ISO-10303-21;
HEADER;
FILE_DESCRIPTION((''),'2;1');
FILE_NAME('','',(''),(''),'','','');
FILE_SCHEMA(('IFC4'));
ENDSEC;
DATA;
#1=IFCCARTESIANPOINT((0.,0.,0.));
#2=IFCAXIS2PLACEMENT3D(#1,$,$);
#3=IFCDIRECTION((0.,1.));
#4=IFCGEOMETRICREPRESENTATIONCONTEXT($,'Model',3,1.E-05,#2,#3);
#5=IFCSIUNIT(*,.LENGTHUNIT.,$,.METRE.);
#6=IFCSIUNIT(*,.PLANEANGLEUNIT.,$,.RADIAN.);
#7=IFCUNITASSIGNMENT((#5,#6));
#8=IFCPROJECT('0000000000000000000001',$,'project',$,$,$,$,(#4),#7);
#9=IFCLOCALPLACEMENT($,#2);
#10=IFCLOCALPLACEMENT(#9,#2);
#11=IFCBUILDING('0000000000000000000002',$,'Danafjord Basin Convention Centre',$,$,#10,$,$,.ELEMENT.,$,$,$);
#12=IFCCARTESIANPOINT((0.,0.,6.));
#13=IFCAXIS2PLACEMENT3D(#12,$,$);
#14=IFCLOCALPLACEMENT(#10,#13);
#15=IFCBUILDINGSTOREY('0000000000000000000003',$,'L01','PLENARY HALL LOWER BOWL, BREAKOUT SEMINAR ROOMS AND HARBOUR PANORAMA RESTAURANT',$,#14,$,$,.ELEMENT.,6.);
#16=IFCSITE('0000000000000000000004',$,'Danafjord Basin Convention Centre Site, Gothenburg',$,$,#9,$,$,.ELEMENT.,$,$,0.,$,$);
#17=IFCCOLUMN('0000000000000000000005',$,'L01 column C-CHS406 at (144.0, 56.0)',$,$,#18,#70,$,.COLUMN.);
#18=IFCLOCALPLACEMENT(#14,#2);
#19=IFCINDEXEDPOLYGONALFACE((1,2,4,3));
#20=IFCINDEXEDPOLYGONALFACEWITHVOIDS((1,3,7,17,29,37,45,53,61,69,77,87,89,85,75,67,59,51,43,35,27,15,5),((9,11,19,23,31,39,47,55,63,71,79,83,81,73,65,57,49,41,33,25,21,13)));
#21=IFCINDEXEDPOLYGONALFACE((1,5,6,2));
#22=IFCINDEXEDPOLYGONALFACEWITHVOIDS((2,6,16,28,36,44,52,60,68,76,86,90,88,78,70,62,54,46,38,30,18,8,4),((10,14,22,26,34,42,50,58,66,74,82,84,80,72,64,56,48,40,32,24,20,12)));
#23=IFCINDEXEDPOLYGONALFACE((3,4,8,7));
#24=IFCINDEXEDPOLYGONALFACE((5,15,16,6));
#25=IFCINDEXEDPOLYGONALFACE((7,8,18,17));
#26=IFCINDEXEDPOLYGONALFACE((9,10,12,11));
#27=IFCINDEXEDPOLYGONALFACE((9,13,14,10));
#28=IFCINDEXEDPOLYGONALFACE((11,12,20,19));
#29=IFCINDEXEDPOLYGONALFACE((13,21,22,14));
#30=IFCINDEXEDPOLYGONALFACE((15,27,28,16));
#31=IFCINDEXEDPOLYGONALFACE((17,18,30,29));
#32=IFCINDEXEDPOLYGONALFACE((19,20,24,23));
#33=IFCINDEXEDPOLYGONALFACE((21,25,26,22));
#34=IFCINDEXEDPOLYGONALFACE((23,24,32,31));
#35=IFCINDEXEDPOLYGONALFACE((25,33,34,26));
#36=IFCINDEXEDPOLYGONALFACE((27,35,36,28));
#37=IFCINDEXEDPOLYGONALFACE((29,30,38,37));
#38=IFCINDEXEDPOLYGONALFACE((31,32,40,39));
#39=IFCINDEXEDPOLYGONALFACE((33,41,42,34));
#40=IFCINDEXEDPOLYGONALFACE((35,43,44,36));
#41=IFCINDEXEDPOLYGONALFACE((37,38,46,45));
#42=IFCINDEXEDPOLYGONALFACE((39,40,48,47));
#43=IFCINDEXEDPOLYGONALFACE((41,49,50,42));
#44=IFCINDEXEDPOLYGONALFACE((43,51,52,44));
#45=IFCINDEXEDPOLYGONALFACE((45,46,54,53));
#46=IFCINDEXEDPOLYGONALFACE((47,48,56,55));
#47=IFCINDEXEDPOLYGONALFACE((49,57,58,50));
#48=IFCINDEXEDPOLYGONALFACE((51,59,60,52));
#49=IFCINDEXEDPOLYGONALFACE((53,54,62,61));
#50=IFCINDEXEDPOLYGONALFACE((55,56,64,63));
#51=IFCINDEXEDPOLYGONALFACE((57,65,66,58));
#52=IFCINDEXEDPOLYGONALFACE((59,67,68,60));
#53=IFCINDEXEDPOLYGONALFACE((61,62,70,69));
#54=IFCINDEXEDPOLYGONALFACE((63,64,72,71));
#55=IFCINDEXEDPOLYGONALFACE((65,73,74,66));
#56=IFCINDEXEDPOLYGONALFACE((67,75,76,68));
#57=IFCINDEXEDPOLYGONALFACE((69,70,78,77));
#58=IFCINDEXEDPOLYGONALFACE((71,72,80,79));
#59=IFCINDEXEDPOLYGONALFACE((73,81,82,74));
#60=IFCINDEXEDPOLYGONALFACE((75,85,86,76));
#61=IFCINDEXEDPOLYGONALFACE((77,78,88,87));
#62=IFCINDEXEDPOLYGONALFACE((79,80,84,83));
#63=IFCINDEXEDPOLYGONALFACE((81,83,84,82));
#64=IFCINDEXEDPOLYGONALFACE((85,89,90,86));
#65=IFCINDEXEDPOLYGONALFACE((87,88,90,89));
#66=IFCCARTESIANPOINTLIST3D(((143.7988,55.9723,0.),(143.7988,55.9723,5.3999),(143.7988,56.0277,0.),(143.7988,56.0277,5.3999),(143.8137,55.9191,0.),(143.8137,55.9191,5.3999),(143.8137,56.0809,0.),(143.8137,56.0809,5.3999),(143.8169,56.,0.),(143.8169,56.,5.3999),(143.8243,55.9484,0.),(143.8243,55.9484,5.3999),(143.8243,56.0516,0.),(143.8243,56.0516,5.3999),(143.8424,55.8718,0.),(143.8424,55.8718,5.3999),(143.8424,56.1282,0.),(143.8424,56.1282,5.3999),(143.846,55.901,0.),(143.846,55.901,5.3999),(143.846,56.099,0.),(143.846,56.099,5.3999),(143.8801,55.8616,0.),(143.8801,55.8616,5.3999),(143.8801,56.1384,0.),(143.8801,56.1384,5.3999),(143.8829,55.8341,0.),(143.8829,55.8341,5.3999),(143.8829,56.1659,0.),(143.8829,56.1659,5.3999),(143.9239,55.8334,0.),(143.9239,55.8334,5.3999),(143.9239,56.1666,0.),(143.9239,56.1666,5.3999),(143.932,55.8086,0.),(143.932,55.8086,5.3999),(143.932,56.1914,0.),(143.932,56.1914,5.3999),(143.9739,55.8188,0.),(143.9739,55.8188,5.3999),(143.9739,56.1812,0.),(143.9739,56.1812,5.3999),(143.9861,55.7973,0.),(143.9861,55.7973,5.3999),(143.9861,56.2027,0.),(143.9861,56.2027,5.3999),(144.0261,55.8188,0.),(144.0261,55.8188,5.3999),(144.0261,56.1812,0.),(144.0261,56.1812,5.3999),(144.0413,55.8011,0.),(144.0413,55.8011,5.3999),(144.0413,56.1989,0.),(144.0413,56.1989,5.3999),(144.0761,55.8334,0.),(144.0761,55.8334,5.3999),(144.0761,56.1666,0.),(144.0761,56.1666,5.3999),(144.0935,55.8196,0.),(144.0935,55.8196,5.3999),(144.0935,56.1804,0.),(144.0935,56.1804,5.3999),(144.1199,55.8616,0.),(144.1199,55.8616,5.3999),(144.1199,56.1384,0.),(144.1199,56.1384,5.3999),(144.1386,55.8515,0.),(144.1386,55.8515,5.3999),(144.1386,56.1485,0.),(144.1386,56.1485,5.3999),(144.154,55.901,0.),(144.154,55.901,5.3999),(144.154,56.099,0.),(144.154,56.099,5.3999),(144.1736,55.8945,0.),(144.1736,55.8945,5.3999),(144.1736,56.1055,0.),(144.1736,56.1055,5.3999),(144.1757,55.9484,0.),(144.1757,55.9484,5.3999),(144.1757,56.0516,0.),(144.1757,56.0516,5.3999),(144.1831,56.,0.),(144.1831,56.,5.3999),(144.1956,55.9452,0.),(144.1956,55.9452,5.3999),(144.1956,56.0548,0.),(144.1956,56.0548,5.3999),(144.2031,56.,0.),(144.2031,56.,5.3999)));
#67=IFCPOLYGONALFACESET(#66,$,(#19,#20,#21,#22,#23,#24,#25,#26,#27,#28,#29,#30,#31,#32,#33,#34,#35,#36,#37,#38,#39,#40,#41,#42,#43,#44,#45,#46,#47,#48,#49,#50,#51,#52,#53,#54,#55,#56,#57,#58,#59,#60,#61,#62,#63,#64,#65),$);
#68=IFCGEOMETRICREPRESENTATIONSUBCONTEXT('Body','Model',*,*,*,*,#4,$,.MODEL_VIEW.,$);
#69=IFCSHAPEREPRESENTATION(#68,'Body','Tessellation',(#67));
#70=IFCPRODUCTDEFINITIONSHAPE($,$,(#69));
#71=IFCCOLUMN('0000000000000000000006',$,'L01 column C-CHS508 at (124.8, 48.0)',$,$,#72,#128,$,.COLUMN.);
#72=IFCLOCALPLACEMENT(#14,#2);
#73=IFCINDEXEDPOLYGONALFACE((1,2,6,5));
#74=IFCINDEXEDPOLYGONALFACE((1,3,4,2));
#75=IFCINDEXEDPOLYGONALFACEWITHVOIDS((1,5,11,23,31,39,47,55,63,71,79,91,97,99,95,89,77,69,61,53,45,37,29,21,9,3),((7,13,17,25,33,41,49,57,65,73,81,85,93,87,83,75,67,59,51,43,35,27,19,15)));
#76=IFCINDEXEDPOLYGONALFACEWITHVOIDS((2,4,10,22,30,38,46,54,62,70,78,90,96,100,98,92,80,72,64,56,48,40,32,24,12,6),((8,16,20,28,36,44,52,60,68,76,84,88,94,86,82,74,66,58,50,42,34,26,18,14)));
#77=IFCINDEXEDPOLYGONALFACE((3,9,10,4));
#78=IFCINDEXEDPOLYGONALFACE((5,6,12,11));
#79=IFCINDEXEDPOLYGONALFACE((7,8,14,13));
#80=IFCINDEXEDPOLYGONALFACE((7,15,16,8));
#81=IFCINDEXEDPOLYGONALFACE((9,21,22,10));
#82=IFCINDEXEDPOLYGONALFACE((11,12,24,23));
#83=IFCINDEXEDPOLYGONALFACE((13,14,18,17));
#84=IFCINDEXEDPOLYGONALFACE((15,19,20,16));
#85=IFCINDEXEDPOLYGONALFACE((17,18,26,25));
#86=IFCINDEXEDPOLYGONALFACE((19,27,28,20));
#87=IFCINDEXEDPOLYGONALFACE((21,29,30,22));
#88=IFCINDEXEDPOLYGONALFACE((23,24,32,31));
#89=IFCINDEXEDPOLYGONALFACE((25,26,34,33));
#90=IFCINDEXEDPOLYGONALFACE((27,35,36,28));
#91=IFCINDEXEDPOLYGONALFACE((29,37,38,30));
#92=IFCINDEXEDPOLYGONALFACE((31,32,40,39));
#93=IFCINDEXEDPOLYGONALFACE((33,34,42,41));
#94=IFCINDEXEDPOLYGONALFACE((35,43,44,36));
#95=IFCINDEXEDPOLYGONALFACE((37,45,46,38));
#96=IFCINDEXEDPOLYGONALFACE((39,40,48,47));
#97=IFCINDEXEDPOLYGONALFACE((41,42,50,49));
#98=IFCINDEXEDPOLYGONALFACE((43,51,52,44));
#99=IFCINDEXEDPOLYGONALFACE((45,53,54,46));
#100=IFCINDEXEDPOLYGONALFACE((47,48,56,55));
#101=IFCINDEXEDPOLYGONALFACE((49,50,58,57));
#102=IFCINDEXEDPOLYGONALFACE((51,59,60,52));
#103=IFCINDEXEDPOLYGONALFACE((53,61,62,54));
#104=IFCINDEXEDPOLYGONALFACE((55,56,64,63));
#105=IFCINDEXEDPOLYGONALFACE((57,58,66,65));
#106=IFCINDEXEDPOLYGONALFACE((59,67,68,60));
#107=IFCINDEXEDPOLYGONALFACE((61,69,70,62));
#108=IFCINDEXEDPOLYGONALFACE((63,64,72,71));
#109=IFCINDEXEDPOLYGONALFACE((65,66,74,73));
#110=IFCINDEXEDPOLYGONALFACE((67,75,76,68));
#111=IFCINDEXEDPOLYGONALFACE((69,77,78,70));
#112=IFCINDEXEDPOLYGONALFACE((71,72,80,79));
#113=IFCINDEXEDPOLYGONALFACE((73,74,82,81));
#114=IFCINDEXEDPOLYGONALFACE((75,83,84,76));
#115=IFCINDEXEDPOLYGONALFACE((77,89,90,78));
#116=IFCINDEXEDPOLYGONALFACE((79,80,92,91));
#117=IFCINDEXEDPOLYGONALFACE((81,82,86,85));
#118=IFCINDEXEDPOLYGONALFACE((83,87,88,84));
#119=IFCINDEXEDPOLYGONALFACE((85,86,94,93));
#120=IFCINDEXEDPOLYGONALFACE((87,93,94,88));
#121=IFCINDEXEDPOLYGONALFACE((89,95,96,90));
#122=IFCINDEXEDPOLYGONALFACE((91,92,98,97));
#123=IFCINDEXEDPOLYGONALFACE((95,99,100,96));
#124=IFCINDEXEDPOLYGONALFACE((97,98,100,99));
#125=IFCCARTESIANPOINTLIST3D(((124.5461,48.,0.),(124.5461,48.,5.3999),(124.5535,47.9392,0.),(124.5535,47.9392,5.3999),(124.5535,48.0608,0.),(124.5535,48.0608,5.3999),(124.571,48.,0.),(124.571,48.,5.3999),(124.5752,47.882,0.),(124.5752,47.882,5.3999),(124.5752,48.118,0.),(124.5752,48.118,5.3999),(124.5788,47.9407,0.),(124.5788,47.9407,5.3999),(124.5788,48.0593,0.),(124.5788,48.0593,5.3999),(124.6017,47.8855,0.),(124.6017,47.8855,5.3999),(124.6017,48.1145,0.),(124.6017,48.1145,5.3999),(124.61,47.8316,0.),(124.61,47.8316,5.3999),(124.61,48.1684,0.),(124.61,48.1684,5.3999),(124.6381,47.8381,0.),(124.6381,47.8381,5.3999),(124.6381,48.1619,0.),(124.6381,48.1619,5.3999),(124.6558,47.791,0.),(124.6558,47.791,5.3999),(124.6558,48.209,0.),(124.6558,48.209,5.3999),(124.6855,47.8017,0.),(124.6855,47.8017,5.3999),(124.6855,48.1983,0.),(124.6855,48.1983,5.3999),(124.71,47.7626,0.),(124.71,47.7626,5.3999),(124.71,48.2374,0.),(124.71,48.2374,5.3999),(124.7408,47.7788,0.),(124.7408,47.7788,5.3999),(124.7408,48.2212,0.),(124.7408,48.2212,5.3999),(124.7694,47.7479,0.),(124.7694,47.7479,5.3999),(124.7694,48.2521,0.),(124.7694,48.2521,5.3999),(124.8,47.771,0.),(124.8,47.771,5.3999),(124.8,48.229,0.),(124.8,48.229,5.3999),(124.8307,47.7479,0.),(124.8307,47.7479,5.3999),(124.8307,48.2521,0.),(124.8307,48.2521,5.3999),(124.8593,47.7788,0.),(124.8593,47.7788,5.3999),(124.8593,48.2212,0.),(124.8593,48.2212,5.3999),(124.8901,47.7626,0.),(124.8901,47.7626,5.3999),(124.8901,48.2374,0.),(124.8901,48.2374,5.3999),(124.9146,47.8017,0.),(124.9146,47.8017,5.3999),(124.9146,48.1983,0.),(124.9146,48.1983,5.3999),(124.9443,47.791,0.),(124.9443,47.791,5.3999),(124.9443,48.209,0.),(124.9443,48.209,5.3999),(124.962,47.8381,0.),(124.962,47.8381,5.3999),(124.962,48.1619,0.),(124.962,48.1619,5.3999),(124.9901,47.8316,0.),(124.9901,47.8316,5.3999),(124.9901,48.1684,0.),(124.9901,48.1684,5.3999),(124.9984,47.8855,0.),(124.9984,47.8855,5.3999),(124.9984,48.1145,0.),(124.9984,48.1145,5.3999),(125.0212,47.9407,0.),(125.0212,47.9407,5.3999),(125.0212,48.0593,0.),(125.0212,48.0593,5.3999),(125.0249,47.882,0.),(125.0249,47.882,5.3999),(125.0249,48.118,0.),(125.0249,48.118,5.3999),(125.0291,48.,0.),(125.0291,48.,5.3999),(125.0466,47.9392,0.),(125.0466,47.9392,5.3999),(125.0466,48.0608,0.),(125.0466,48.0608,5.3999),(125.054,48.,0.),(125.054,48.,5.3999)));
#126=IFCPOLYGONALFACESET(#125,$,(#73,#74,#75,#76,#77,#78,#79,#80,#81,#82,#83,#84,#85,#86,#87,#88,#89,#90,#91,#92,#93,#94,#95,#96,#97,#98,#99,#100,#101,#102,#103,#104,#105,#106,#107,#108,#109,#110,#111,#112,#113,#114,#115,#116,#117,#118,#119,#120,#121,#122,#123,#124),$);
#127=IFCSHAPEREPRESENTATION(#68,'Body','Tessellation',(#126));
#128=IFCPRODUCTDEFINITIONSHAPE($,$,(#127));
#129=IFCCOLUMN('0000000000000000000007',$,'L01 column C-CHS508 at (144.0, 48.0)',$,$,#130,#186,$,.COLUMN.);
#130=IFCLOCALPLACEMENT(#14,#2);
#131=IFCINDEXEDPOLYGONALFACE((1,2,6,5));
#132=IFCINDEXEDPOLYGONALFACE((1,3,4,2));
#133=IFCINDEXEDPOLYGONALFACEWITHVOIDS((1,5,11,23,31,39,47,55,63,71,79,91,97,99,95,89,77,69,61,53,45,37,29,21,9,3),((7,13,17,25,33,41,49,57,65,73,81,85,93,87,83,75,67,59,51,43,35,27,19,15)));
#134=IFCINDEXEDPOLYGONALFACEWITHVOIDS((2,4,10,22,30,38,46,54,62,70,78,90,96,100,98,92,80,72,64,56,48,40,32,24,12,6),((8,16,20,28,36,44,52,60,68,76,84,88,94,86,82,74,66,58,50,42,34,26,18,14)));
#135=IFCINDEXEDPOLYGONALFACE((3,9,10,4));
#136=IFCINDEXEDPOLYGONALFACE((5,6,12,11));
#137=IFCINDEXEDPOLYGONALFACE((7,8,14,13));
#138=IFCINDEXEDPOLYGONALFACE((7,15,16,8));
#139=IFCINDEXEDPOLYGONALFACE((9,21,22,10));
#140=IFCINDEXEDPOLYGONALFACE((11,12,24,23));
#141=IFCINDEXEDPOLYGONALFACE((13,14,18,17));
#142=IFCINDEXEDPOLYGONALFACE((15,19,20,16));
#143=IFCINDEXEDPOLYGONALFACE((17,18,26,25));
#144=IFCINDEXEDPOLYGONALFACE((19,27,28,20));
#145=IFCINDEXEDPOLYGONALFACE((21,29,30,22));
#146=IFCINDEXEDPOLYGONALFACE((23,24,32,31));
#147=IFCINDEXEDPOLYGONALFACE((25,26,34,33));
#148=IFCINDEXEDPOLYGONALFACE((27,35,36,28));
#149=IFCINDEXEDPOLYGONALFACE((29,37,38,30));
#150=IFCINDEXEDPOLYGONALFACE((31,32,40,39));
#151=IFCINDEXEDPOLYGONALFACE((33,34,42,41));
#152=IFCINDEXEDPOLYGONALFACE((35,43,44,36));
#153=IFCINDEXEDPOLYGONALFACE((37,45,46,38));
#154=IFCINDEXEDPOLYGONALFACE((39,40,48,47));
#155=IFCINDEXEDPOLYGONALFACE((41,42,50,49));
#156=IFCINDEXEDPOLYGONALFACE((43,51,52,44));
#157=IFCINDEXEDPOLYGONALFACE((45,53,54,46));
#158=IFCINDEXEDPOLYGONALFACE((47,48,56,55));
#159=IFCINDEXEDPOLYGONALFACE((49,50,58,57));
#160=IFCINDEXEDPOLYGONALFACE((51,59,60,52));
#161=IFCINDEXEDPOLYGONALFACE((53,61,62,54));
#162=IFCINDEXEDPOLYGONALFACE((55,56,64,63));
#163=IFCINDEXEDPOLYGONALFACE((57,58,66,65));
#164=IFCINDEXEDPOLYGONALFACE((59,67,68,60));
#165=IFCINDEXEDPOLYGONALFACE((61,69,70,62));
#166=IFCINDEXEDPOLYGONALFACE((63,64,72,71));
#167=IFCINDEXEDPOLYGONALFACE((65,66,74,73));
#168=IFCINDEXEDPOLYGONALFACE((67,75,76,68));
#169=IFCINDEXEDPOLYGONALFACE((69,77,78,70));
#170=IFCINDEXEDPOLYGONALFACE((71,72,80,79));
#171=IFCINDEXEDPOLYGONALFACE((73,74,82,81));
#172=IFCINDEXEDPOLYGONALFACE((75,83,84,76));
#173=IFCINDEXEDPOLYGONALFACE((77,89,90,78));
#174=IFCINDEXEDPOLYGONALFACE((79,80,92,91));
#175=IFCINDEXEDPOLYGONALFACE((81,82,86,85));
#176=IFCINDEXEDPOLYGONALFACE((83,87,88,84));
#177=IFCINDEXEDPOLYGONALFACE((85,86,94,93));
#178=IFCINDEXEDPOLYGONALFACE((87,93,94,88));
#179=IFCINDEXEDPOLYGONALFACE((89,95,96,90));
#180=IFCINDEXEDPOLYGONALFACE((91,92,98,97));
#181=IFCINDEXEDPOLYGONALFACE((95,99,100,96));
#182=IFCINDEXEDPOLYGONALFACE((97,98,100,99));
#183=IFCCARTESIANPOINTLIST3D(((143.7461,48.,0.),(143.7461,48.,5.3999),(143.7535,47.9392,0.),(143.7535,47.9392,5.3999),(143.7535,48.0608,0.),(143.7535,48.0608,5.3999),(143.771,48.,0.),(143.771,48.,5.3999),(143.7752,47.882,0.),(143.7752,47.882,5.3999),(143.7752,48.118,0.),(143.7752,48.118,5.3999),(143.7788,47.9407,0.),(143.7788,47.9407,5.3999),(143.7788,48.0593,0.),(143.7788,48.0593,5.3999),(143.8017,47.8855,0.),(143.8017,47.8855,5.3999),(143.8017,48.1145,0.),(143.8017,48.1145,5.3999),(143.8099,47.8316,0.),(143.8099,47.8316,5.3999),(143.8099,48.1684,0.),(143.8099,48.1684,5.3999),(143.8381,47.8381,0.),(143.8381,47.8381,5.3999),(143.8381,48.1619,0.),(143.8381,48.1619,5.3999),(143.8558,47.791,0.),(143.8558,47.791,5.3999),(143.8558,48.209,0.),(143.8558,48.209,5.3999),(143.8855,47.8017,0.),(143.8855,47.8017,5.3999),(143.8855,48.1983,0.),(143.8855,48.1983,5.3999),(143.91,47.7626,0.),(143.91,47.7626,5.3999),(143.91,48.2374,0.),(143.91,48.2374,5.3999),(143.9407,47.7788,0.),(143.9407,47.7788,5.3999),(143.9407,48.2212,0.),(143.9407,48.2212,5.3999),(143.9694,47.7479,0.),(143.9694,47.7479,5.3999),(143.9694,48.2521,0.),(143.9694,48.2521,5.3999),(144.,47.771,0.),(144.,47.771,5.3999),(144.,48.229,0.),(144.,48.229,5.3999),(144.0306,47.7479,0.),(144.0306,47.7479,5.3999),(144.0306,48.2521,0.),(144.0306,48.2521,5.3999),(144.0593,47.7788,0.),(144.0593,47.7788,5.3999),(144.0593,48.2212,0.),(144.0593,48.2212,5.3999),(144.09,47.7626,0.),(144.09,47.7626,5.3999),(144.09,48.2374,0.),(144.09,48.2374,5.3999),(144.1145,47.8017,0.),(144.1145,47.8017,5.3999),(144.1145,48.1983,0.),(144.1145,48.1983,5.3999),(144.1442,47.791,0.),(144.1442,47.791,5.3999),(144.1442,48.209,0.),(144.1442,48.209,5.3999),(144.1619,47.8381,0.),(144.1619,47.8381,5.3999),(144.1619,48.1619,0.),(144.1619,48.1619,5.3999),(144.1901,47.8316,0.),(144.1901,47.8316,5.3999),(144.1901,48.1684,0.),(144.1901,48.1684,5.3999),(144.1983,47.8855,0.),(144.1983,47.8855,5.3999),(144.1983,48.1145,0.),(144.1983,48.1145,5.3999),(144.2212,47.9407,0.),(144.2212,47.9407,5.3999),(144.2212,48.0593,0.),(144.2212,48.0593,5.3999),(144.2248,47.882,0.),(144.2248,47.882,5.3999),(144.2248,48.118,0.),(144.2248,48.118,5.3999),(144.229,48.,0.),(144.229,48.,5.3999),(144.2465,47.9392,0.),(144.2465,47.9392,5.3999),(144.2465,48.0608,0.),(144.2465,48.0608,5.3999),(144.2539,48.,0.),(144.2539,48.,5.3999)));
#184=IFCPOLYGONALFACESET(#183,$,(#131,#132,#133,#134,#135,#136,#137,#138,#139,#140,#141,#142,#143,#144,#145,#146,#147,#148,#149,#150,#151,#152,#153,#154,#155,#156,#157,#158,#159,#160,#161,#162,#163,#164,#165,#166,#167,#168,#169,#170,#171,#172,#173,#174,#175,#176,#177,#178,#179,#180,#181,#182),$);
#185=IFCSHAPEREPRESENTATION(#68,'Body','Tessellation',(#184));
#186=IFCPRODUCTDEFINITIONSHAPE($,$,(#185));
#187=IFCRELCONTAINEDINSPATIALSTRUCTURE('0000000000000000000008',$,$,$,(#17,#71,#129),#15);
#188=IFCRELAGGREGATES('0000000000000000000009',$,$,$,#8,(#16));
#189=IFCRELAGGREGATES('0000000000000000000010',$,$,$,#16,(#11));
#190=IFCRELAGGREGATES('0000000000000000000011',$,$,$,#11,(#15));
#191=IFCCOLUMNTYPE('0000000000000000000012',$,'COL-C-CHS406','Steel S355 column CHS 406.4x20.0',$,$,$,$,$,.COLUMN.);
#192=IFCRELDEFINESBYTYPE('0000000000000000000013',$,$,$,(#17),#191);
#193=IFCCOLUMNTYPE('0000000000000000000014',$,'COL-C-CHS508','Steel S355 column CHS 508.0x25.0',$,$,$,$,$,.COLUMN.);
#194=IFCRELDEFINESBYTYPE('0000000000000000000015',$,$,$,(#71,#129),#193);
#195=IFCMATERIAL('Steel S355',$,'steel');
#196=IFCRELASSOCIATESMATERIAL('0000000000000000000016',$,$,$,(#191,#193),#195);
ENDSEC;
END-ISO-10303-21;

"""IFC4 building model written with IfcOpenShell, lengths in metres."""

from ifc_helpers import new_model, si_unit, direction, frame, origin, origin_2d, place, context, subcontext, project, spatial, hollow_circle, extrude, material, material_profile, profile_set, type_object, element, save


model = new_model("IFC4")

# Units and contexts
model_context = context("Model", 3, precision=1e-05, world=origin(), true_north=direction((0.0, 1.0)))
body_context = subcontext(model_context, "Body", "Model", "MODEL_VIEW")
ifc_project = project(units=[si_unit("LENGTHUNIT", "METRE"), si_unit("PLANEANGLEUNIT", "RADIAN")], contexts=[model_context])

# Site, building, storey
site_placement = place(None, origin())
site = spatial("IfcSite", under=ifc_project, at=site_placement, Name="Danafjord Basin Convention Centre Site, Gothenburg", CompositionType="ELEMENT", RefElevation=0.0)
building_placement = place(site_placement, origin())
building = spatial("IfcBuilding", under=site, at=building_placement, Name="Danafjord Basin Convention Centre", CompositionType="ELEMENT")
storey_placement = place(building_placement, frame((0.0, 0.0, 6.0)))
storey = spatial("IfcBuildingStorey", under=building, at=storey_placement, Name="L01", Description="PLENARY HALL LOWER BOWL, BREAKOUT SEMINAR ROOMS AND HARBOUR PANORAMA RESTAURANT", CompositionType="ELEMENT", Elevation=6.0)

# Columns
ifc_material_1 = material(Name="Steel S355", Category="steel")
ifc_material_profile_1 = material_profile(ifc_material_1, hollow_circle(Radius=0.2031, WallThickness=0.02, at=origin_2d()), Name="CHS 406.4x20.0")
ifc_profile_set_1 = profile_set([ifc_material_profile_1], Name="Steel S355")
column_type_1 = type_object("IfcColumnType", Name="COL-C-CHS406", Description="Steel S355 column CHS 406.4x20.0", PredefinedType="COLUMN", material=ifc_profile_set_1)
column_1_placement = place(storey_placement, frame((144.0, 56.0, 0.0), z_axis=(0.0, 0.0, 1.0), x_axis=(1.0, 0.0, 0.0)))
element("IfcColumn", 1, at=column_1_placement, inside=storey, type_object=column_type_1, Name="L01 column C-CHS406 at (144.0, 56.0)", PredefinedType="COLUMN", context=body_context, shape_type="SweptSolid", body=[
    extrude(hollow_circle(Radius=0.2031, WallThickness=0.02, at=origin_2d()), origin(), (0.0, 0.0, 1.0), 5.3999),
])
ifc_material_profile_2 = material_profile(ifc_material_1, hollow_circle(Radius=0.2539, WallThickness=0.0249, at=origin_2d()), Name="CHS 508.0x25.0")
ifc_profile_set_2 = profile_set([ifc_material_profile_2], Name="Steel S355")
column_type_2 = type_object("IfcColumnType", Name="COL-C-CHS508", Description="Steel S355 column CHS 508.0x25.0", PredefinedType="COLUMN", material=ifc_profile_set_2)
for number, where, z_axis, x_axis, name in (
    (2, (124.8, 48.0, 0.0), (0.0, 0.0, 1.0), (1.0, 0.0, 0.0), "L01 column C-CHS508 at (124.8, 48.0)"),
    (3, (144.0, 48.0, 0.0), (0.0, 0.0, 1.0), (1.0, 0.0, 0.0), "L01 column C-CHS508 at (144.0, 48.0)"),
):
    element("IfcColumn", number, at=place(storey_placement, frame(where, z_axis=z_axis, x_axis=x_axis)), inside=storey, type_object=column_type_2, Name=name, PredefinedType="COLUMN", context=body_context, shape_type="SweptSolid", body=[
        extrude(hollow_circle(Radius=0.2539, WallThickness=0.0249, at=origin_2d()), origin(), (0.0, 0.0, 1.0), 5.3999),
    ])

save(model, "model.ifc")
